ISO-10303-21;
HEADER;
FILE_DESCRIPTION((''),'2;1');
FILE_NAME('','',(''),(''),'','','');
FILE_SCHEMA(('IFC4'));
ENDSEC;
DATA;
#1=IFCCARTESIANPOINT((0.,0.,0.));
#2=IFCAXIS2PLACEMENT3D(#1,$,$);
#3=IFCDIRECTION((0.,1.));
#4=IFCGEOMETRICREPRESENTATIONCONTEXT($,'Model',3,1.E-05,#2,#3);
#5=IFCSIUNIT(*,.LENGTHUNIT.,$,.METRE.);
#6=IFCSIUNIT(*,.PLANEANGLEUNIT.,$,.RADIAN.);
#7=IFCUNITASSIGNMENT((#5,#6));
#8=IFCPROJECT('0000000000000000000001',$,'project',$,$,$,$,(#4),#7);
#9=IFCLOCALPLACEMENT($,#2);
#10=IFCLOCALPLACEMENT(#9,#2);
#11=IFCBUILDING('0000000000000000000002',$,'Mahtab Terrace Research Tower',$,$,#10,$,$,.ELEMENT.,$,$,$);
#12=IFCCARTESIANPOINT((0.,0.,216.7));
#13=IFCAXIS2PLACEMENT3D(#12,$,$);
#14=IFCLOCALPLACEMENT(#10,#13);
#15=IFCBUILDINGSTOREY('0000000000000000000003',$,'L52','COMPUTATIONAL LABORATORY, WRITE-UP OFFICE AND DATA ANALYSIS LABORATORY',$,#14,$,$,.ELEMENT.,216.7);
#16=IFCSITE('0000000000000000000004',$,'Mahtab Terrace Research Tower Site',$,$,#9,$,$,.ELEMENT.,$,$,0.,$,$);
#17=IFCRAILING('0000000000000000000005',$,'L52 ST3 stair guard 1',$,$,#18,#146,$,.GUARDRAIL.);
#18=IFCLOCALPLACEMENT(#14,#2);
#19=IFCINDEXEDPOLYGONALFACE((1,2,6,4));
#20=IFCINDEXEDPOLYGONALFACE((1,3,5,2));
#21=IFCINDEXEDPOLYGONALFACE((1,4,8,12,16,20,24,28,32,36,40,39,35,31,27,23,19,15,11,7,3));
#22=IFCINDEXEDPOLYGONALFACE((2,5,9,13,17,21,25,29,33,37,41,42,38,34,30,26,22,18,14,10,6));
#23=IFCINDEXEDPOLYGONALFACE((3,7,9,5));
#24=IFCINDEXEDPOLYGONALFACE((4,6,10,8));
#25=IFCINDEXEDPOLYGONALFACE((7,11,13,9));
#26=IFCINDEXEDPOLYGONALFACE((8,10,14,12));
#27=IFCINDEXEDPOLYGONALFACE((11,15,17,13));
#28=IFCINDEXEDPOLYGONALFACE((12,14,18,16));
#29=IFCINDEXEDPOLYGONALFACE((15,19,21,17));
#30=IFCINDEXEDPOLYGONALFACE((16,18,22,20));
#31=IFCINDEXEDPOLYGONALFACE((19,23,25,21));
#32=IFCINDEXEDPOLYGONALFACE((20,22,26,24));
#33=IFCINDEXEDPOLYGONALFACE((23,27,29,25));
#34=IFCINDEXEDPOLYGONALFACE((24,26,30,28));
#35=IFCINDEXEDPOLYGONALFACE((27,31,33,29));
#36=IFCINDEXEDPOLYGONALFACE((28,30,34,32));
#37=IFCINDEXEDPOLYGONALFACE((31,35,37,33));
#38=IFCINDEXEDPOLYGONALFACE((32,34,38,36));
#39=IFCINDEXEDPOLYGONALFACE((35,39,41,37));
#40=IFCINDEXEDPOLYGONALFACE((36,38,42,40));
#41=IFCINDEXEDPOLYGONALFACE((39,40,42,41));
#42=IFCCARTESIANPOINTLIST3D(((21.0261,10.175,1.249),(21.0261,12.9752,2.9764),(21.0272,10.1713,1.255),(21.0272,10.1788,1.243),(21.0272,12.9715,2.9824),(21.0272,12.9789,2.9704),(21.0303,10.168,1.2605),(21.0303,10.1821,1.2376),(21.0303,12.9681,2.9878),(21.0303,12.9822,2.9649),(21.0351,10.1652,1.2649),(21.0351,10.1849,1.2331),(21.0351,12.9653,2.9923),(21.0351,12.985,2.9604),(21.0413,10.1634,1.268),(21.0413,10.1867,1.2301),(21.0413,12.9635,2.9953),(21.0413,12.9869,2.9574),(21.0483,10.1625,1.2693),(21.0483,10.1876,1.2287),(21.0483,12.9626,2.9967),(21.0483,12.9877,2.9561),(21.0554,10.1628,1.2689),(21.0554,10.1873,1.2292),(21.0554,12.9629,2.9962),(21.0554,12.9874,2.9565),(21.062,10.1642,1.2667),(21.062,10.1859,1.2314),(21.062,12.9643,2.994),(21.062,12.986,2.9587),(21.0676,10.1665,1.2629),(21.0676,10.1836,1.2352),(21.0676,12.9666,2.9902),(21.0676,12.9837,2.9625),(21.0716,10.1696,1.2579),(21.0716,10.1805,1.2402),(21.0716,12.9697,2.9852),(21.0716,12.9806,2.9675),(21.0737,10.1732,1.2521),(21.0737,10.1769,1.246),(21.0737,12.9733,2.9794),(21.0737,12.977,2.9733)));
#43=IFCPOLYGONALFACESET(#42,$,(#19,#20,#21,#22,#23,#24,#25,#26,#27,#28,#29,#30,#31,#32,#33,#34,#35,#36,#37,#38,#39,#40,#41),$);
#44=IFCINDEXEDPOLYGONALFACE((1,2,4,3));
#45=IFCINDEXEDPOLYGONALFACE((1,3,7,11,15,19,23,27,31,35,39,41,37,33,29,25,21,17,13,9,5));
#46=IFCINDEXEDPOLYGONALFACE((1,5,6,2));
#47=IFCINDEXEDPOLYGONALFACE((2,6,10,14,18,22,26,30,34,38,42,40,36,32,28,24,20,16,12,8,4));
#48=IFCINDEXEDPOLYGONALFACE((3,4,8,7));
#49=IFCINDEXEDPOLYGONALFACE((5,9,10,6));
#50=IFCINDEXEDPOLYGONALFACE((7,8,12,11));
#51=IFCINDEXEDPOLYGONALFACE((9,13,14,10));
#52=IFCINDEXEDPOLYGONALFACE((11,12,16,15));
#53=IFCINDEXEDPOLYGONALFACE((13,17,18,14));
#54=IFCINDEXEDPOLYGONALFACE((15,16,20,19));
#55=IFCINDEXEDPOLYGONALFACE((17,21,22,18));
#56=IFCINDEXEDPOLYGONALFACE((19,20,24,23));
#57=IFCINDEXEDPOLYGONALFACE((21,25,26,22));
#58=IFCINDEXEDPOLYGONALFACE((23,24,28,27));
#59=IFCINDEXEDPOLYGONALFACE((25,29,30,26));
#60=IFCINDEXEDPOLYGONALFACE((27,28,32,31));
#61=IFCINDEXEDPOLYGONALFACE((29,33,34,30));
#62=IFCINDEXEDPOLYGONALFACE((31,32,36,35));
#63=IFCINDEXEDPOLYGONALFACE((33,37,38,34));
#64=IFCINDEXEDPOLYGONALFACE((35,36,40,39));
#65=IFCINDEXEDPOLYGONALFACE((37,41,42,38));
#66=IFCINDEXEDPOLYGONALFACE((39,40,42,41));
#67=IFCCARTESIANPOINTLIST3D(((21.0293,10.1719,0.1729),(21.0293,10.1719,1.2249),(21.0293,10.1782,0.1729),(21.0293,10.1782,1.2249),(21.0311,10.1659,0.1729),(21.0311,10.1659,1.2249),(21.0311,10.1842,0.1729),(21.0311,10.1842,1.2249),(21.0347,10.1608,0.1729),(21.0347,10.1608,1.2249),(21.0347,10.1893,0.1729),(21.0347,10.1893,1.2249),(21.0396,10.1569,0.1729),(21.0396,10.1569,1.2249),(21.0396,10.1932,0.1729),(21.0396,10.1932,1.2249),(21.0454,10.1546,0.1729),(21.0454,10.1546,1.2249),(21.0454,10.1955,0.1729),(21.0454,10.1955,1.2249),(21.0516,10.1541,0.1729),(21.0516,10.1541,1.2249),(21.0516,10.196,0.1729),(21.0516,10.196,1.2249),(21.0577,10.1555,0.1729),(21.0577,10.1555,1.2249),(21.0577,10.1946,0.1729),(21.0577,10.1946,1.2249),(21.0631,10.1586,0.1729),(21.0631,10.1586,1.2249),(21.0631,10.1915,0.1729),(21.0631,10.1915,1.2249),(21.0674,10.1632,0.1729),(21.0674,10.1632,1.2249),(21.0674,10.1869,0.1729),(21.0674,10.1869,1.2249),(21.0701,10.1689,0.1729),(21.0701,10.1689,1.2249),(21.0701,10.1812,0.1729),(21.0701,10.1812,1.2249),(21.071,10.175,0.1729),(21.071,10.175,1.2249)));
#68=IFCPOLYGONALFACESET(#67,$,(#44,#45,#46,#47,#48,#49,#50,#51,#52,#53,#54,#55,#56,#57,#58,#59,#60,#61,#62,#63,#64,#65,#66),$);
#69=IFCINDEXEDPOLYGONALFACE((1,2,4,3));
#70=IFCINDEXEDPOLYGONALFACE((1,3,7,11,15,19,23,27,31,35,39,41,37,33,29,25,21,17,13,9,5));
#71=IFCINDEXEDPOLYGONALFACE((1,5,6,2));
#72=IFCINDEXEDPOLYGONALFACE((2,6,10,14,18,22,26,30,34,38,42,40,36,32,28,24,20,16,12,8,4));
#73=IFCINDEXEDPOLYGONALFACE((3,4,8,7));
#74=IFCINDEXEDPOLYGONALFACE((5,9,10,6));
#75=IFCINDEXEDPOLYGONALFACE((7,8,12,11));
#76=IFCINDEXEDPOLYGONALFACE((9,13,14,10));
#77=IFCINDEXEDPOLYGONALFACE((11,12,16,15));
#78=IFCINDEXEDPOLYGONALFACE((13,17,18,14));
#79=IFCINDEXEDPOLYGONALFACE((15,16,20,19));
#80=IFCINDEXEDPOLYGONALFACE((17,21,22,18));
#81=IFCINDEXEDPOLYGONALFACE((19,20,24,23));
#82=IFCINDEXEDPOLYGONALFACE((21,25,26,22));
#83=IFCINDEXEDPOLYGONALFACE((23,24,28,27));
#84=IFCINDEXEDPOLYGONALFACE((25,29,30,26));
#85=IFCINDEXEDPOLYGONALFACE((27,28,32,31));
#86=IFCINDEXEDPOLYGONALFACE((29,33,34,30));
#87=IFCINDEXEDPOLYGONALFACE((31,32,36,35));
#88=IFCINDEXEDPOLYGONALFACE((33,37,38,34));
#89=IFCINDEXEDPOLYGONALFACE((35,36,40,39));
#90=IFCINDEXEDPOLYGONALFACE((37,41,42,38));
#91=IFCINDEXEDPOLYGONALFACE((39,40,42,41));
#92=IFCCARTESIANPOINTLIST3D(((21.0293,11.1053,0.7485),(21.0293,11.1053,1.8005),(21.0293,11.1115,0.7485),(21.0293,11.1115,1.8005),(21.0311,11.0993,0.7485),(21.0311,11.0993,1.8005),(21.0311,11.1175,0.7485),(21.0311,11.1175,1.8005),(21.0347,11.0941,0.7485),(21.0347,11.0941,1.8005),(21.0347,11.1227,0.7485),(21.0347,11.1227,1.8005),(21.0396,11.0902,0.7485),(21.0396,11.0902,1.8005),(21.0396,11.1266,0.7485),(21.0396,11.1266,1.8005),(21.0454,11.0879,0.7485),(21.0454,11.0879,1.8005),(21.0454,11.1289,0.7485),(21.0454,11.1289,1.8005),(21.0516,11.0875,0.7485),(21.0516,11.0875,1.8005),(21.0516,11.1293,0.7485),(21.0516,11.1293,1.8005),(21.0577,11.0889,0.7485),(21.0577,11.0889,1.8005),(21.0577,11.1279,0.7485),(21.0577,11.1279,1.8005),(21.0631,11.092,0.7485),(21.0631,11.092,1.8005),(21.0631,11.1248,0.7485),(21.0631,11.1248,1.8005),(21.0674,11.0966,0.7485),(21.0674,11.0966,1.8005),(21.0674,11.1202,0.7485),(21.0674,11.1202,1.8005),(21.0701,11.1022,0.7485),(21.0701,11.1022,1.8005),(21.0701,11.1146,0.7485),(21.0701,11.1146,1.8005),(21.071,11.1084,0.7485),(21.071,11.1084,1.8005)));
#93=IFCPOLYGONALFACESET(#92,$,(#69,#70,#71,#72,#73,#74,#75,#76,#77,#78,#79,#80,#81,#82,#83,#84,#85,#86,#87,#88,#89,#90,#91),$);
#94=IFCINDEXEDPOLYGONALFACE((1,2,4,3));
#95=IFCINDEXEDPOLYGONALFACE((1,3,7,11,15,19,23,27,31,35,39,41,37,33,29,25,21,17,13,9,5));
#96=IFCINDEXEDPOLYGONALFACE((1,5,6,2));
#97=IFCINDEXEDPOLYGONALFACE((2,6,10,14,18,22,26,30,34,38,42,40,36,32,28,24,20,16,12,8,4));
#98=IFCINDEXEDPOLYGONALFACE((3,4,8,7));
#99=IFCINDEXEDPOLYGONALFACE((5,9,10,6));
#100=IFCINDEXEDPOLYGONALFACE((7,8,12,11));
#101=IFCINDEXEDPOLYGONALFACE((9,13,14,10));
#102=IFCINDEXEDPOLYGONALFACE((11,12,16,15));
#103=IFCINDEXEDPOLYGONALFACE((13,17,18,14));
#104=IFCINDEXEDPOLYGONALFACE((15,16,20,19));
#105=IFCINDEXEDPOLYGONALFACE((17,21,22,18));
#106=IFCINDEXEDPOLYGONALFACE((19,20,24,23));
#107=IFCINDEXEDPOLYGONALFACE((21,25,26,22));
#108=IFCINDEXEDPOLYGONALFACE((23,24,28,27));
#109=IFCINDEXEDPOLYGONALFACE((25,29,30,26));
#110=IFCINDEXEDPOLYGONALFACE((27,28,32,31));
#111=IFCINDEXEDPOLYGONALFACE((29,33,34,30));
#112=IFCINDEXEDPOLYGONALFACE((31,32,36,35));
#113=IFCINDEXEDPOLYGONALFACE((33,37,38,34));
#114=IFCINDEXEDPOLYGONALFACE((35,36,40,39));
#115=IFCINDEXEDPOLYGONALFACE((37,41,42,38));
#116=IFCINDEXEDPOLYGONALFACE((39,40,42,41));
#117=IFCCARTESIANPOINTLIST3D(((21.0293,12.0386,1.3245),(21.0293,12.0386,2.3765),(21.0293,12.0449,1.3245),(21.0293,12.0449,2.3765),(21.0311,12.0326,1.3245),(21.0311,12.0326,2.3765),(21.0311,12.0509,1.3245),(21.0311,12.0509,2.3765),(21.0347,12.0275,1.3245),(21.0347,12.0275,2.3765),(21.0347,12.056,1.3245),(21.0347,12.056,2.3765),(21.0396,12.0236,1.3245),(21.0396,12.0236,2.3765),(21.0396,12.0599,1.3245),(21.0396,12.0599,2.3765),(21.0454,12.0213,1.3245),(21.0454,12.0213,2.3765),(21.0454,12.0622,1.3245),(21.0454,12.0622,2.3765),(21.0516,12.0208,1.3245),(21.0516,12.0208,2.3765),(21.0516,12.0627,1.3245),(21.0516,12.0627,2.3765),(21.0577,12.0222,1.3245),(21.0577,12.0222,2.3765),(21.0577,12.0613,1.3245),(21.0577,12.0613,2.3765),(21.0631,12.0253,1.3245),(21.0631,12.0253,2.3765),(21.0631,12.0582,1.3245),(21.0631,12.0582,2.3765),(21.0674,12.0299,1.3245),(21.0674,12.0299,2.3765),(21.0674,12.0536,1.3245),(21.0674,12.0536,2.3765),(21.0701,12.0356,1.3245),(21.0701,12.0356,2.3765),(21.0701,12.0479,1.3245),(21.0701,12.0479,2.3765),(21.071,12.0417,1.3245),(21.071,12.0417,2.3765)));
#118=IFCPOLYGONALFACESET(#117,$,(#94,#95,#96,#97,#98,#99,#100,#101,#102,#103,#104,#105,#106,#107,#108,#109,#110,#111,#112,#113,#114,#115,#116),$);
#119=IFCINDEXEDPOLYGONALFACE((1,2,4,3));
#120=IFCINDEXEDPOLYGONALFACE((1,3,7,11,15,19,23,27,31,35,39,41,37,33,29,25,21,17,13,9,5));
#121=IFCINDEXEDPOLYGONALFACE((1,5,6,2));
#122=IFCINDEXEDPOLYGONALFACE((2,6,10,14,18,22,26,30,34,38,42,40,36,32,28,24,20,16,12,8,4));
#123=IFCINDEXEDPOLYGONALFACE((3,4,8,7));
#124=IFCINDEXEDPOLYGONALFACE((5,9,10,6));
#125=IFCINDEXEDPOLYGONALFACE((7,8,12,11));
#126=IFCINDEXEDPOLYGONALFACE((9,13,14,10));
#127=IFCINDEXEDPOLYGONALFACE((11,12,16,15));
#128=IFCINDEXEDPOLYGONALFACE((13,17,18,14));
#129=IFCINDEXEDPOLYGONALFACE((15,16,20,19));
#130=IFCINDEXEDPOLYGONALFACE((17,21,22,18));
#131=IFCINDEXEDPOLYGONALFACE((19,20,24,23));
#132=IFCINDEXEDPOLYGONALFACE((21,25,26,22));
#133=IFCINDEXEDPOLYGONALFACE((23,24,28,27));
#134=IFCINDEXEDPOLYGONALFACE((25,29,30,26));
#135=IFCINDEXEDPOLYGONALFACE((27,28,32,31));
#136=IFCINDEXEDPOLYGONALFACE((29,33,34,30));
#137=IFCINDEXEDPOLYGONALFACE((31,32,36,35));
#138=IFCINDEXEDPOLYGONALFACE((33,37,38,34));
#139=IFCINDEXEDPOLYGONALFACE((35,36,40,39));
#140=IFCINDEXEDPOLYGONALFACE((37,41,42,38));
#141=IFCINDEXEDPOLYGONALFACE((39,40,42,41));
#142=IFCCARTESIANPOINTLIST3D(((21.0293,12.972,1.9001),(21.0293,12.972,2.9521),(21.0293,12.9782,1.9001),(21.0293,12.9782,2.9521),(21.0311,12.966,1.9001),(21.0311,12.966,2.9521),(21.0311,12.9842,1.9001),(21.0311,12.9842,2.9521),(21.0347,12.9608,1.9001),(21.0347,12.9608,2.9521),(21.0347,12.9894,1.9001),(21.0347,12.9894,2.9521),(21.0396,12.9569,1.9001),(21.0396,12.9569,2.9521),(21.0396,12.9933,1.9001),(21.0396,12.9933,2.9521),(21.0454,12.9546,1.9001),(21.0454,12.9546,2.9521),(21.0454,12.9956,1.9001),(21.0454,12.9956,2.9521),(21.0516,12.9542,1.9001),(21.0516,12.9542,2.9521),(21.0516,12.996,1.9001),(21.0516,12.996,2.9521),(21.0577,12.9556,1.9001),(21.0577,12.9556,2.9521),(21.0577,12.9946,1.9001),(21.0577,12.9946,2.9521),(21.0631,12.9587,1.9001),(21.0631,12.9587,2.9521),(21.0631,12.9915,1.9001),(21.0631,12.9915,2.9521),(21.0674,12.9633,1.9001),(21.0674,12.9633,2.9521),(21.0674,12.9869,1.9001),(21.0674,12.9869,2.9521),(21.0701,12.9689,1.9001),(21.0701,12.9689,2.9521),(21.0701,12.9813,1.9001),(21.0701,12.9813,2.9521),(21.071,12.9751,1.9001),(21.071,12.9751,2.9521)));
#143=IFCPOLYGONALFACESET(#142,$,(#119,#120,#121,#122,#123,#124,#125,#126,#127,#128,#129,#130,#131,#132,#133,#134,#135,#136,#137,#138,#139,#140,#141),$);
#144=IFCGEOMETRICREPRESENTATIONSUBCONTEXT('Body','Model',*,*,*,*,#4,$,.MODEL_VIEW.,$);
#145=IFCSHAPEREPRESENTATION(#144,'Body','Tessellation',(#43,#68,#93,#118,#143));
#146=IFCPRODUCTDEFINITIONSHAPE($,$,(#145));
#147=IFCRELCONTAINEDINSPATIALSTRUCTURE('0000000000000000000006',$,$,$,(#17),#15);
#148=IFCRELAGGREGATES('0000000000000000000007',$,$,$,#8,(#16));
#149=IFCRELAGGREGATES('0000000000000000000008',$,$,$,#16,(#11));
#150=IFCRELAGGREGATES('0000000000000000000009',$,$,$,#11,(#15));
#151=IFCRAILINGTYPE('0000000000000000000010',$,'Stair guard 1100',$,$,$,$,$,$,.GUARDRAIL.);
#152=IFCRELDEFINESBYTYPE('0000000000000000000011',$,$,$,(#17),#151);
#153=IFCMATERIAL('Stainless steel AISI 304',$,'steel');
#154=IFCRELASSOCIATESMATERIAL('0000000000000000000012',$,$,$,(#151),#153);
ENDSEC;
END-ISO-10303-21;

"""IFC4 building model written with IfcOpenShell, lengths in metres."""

from ifc_helpers import new_model, si_unit, direction, frame, origin, origin_2d, place, context, subcontext, project, spatial, circle, extrude, material, type_object, element, save


model = new_model("IFC4")

# Units and contexts
model_context = context("Model", 3, precision=1e-05, world=origin(), true_north=direction((0.0, 1.0)))
body_context = subcontext(model_context, "Body", "Model", "MODEL_VIEW")
ifc_project = project(units=[si_unit("LENGTHUNIT", "METRE"), si_unit("PLANEANGLEUNIT", "RADIAN")], contexts=[model_context])

# Site, building, storey
site_placement = place(None, origin())
site = spatial("IfcSite", under=ifc_project, at=site_placement, Name="Mahtab Terrace Research Tower Site", CompositionType="ELEMENT", RefElevation=0.0)
building_placement = place(site_placement, origin())
building = spatial("IfcBuilding", under=site, at=building_placement, Name="Mahtab Terrace Research Tower", CompositionType="ELEMENT")
storey_placement = place(building_placement, frame((0.0, 0.0, 216.7)))
storey = spatial("IfcBuildingStorey", under=building, at=storey_placement, Name="L52", Description="COMPUTATIONAL LABORATORY, WRITE-UP OFFICE AND DATA ANALYSIS LABORATORY", CompositionType="ELEMENT", Elevation=216.7)

# Railing
ifc_material_1 = material(Name="Stainless steel AISI 304", Category="steel")
railing_type_1 = type_object("IfcRailingType", Name="Stair guard 1100", PredefinedType="GUARDRAIL", material=ifc_material_1)
railing_1_placement = place(storey_placement, frame((21.05, 10.175, 0.1729)))
element("IfcRailing", 1, at=railing_1_placement, inside=storey, type_object=railing_type_1, Name="L52 ST3 stair guard 1", PredefinedType="GUARDRAIL", context=body_context, shape_type="SweptSolid", body=[
    extrude(circle(Radius=0.0239, at=origin_2d()), frame((0.0, 0.0, 1.0762), z_axis=(0.0, 0.85109, 0.52502), x_axis=(-1.0, 0.0, 0.0)), (0.0, 0.0, 1.0), 3.29),
    extrude(circle(Radius=0.021, at=origin_2d()), origin(), (0.0, 0.0, 1.0), 1.052),
    extrude(circle(Radius=0.021, at=origin_2d()), frame((0.0, 0.9333, 0.5757)), (0.0, 0.0, 1.0), 1.052),
    extrude(circle(Radius=0.021, at=origin_2d()), frame((0.0, 1.8667, 1.1516)), (0.0, 0.0, 1.0), 1.052),
    extrude(circle(Radius=0.021, at=origin_2d()), frame((0.0, 2.8, 1.7273)), (0.0, 0.0, 1.0), 1.052),
])

save(model, "model.ifc")
